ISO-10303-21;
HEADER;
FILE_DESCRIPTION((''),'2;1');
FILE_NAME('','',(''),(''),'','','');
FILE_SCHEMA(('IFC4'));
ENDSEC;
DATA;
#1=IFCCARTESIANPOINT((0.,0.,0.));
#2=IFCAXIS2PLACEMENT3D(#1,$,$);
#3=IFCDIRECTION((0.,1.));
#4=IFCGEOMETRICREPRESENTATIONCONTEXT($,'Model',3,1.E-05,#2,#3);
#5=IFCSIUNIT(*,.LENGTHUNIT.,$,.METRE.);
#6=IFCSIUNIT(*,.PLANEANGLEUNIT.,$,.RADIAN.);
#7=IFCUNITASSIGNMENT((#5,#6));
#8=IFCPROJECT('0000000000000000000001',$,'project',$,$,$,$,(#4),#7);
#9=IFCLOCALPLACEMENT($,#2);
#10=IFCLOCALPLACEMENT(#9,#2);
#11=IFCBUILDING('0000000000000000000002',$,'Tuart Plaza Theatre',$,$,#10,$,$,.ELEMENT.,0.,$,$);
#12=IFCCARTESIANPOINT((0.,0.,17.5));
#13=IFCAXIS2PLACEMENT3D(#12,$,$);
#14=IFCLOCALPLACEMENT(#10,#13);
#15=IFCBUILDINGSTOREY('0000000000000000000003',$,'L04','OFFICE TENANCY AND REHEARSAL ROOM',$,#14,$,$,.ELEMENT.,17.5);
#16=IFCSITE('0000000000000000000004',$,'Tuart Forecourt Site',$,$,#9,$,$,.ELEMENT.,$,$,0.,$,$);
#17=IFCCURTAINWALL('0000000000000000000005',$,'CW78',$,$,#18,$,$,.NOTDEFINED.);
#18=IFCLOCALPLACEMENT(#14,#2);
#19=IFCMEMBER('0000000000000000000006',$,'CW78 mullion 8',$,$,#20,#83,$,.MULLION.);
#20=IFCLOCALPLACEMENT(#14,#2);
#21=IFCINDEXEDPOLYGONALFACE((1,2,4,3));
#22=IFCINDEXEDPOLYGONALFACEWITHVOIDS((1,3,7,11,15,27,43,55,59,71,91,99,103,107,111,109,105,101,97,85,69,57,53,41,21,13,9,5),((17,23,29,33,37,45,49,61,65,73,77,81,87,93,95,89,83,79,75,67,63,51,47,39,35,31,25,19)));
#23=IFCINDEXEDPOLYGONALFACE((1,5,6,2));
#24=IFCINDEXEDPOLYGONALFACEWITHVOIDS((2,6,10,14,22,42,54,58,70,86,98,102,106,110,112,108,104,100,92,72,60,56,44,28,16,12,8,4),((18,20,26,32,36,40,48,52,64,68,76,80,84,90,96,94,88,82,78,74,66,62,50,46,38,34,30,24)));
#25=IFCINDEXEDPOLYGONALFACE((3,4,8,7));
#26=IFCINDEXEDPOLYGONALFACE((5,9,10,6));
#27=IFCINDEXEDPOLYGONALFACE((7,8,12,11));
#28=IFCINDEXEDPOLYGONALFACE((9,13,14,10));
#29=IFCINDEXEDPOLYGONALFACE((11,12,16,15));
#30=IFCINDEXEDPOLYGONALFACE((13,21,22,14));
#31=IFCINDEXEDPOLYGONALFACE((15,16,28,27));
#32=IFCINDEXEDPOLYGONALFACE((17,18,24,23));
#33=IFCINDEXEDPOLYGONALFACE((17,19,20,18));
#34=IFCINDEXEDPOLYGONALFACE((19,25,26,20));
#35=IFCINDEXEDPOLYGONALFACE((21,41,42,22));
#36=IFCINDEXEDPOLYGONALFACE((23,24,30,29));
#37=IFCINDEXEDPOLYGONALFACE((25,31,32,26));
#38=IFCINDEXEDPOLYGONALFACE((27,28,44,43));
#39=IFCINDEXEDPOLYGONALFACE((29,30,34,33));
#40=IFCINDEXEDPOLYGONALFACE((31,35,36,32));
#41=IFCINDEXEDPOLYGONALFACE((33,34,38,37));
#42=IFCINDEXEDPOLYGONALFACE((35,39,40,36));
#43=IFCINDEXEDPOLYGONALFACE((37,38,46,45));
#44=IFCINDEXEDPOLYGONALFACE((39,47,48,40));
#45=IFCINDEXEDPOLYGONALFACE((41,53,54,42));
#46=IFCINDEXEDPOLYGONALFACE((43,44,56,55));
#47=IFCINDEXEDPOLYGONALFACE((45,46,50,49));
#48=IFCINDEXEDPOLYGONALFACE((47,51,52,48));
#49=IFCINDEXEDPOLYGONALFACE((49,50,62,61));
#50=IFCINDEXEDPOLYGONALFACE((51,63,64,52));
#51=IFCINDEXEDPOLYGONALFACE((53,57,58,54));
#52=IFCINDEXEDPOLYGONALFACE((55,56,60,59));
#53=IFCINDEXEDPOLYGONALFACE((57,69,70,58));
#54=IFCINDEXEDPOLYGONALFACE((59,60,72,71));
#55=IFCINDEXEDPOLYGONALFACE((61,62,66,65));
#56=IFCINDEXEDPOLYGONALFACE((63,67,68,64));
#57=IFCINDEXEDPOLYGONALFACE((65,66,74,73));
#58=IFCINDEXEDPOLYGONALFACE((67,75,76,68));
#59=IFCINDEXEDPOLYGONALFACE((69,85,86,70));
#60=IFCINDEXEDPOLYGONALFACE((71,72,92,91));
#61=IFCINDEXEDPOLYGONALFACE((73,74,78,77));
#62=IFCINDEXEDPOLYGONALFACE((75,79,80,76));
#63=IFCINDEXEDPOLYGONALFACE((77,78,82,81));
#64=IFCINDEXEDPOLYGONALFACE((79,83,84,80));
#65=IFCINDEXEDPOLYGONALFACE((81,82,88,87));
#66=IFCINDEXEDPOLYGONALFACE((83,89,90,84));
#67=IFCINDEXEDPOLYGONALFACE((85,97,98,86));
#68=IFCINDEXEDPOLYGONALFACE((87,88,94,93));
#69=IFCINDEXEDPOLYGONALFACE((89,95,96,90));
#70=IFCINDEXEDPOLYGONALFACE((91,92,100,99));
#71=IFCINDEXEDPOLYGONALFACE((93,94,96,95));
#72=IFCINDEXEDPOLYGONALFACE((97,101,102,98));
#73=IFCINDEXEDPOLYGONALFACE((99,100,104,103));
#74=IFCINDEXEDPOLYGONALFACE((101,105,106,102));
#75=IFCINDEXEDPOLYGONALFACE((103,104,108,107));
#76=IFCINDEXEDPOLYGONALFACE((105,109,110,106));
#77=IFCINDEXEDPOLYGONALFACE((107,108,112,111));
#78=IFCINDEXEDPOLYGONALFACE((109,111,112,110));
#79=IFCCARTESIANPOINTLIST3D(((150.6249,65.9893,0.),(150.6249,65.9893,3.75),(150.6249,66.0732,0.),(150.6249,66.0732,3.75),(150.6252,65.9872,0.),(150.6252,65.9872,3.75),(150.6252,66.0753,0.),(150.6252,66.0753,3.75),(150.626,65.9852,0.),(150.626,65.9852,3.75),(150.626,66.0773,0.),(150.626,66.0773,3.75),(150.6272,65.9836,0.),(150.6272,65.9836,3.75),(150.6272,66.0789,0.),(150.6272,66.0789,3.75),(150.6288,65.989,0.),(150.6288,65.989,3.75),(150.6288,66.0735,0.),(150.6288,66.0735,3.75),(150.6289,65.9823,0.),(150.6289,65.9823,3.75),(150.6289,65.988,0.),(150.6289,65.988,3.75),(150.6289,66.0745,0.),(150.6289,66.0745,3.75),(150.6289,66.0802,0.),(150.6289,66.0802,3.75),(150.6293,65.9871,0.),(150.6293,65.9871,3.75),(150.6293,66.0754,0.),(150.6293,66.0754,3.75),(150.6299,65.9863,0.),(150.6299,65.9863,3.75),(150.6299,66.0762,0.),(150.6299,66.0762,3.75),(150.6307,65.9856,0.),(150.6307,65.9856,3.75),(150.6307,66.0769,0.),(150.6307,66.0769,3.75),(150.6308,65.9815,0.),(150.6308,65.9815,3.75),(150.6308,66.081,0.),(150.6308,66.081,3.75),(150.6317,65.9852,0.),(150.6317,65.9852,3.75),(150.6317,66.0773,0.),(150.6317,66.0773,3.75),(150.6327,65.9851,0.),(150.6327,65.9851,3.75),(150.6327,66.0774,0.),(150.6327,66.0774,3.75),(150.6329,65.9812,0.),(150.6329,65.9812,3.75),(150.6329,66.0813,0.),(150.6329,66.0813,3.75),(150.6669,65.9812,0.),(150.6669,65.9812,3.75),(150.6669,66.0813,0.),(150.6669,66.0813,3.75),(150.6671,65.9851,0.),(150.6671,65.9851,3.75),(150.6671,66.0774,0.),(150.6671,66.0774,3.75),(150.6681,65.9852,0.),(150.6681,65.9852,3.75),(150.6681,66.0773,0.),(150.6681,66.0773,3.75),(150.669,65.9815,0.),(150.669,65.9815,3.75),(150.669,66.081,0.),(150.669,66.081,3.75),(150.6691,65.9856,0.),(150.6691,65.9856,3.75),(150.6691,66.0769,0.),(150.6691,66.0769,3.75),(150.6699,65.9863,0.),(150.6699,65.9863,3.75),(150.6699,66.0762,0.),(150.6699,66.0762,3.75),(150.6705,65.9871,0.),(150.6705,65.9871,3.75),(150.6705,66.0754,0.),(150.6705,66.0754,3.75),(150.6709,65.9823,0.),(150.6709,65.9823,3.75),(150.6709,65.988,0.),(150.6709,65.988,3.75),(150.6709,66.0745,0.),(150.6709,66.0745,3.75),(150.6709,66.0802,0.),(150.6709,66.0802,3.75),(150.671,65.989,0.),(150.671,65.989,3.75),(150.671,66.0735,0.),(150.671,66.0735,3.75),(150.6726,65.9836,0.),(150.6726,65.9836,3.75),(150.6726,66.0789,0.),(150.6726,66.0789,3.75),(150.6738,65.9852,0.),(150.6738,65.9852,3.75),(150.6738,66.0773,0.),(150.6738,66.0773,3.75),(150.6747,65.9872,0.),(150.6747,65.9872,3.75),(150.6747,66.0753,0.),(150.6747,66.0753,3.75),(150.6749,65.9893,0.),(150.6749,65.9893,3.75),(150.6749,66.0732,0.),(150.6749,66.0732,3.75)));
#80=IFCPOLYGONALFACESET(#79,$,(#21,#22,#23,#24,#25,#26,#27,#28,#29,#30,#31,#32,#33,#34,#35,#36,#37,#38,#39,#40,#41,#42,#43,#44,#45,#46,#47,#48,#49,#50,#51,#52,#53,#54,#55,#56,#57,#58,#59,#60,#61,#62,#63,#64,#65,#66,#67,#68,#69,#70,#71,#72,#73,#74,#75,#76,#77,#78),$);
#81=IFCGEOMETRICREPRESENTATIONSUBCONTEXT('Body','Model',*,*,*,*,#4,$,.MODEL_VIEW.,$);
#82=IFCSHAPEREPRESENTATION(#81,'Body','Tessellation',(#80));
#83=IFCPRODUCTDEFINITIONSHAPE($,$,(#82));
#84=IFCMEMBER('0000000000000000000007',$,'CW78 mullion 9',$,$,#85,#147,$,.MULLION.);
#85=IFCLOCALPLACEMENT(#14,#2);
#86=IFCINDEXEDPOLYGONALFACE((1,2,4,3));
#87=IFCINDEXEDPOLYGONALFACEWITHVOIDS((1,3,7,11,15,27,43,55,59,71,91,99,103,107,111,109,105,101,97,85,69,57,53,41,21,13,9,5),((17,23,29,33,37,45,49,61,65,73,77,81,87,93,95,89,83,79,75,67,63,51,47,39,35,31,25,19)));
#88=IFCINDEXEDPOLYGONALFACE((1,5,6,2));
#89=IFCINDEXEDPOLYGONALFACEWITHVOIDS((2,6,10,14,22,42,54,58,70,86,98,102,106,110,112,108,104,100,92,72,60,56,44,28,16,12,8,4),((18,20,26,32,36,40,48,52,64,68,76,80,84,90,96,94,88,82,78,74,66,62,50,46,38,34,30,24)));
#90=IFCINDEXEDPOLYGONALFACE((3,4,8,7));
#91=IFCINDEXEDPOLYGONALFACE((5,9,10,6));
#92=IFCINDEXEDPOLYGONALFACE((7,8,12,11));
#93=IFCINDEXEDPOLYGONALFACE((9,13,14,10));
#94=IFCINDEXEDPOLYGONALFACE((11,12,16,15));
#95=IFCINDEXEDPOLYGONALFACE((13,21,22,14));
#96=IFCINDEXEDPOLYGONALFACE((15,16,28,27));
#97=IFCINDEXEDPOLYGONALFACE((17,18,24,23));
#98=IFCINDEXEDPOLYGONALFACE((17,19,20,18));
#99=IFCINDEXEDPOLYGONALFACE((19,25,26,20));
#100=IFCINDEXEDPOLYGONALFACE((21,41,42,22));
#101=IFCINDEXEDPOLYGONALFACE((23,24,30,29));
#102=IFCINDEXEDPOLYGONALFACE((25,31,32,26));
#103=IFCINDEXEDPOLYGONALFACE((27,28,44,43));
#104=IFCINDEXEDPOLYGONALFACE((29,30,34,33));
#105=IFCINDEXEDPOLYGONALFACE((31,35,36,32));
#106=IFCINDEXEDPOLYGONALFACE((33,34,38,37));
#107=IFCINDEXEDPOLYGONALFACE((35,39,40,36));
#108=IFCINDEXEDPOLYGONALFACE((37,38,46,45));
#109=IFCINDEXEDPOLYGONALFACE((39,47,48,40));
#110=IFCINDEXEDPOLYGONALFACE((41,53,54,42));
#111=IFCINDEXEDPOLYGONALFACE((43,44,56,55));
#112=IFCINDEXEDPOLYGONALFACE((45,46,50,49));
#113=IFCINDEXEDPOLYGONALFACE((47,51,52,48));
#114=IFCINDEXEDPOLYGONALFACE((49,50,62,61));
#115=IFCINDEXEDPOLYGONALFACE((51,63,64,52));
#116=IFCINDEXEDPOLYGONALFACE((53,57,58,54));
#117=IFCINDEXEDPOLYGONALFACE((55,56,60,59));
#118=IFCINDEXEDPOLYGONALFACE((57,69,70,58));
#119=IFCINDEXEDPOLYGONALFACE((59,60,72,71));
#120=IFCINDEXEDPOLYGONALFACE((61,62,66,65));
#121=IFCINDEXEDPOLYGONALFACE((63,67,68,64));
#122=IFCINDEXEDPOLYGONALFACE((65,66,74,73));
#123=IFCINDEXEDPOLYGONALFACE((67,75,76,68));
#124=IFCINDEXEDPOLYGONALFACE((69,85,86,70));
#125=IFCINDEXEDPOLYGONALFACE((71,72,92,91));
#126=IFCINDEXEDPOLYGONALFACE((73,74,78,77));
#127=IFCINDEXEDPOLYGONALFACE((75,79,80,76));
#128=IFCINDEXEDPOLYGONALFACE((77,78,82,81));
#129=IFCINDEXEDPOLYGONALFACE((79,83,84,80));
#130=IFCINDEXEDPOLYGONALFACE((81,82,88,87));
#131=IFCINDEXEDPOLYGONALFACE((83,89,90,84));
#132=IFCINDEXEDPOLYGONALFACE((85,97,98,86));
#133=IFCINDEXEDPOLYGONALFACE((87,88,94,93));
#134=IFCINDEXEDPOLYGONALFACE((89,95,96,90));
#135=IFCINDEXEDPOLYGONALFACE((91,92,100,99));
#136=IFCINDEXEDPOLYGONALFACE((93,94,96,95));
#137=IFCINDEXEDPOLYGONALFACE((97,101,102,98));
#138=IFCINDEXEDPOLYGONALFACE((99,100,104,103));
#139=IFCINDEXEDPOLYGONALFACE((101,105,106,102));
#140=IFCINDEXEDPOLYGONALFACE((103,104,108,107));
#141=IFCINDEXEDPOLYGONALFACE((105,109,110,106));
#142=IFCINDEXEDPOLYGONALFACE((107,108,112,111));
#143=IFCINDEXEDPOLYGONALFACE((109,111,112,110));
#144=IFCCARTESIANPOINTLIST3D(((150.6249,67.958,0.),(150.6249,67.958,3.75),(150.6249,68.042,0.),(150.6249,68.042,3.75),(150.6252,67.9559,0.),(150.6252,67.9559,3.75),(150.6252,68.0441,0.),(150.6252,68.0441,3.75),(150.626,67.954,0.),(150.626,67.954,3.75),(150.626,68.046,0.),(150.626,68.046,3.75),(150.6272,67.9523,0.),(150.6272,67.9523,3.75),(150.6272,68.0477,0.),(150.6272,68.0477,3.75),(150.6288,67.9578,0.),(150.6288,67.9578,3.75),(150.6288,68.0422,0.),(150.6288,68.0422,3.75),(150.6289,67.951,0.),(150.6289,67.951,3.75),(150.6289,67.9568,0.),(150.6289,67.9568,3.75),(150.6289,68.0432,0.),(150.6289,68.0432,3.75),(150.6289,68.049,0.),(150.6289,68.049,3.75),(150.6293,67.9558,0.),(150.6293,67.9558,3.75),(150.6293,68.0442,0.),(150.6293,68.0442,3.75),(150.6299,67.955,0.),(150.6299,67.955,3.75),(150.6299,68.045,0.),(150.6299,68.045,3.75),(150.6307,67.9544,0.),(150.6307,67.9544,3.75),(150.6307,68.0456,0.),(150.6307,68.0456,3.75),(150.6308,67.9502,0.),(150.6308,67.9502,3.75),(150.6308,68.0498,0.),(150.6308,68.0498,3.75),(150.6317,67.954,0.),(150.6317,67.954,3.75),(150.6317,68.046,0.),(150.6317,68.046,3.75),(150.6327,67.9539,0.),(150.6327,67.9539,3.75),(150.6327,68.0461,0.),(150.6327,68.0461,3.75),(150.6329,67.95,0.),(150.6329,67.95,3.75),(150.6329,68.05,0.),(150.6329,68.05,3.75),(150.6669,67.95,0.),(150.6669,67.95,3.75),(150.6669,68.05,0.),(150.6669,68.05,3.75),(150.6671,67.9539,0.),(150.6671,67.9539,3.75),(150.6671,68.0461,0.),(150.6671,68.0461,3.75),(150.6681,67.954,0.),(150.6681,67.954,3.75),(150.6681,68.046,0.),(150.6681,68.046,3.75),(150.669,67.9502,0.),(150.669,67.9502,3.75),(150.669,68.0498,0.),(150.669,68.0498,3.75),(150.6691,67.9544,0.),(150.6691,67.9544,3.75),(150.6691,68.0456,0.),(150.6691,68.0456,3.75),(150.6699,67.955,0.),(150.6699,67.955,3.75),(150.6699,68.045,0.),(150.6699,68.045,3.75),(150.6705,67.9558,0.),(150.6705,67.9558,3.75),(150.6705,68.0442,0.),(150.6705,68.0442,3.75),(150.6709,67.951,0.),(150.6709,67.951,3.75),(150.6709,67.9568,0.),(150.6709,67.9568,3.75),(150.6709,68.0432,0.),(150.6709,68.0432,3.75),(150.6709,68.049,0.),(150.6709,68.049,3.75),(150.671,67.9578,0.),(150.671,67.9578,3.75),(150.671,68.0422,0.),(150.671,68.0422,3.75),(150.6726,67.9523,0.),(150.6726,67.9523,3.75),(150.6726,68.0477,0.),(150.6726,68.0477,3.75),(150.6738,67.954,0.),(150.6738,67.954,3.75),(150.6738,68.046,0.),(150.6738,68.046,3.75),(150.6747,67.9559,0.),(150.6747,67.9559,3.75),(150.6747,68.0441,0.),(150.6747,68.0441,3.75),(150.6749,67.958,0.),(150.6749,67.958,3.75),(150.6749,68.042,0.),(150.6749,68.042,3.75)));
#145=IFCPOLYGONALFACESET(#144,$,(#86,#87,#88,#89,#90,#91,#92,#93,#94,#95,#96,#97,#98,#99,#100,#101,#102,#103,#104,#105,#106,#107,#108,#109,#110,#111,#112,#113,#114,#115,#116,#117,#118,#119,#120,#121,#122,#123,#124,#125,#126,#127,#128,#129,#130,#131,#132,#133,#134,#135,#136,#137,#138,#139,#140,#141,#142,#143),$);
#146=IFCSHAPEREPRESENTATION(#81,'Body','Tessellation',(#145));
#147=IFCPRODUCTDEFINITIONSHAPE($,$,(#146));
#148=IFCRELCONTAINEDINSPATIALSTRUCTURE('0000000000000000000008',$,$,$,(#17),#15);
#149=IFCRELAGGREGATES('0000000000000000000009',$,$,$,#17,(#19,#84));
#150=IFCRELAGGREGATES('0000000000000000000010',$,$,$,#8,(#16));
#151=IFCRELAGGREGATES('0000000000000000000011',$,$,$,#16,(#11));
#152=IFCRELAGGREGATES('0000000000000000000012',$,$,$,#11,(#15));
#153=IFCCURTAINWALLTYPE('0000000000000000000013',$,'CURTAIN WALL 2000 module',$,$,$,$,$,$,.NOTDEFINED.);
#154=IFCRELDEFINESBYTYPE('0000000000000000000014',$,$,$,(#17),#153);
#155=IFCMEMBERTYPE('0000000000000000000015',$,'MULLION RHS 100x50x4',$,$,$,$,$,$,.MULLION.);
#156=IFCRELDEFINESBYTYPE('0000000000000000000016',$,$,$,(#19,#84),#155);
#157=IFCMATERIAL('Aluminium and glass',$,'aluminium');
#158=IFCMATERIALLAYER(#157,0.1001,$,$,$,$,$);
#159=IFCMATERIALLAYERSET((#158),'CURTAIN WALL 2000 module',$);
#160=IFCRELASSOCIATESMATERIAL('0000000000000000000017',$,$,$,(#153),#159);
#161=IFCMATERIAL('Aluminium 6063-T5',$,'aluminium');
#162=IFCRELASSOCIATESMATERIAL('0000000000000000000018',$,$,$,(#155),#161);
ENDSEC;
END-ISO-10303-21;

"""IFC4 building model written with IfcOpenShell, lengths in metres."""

from ifc_helpers import new_model, si_unit, direction, frame, origin, origin_2d, place, context, subcontext, project, spatial, hollow_rectangle, extrude, material, layer, layer_set, material_profile, profile_set, type_object, element, aggregate, save


model = new_model("IFC4")

# Units and contexts
model_context = context("Model", 3, precision=1e-05, world=origin(), true_north=direction((0.0, 1.0)))
body_context = subcontext(model_context, "Body", "Model", "MODEL_VIEW")
ifc_project = project(units=[si_unit("LENGTHUNIT", "METRE"), si_unit("PLANEANGLEUNIT", "RADIAN")], contexts=[model_context])

# Site, building, storey
site_placement = place(None, origin())
site = spatial("IfcSite", under=ifc_project, at=site_placement, Name="Tuart Forecourt Site", CompositionType="ELEMENT", RefElevation=0.0)
building_placement = place(site_placement, origin())
building = spatial("IfcBuilding", under=site, at=building_placement, Name="Tuart Plaza Theatre", CompositionType="ELEMENT", ElevationOfRefHeight=0.0)
storey_placement = place(building_placement, frame((0.0, 0.0, 17.5)))
storey = spatial("IfcBuildingStorey", under=building, at=storey_placement, Name="L04", Description="OFFICE TENANCY AND REHEARSAL ROOM", CompositionType="ELEMENT", Elevation=17.5)

# Curtain wall, members
ifc_material_1 = material(Name="Aluminium and glass", Category="aluminium")
ifc_layer_1 = layer(ifc_material_1, 0.1001)
ifc_layer_set_1 = layer_set([ifc_layer_1], Name="CURTAIN WALL 2000 module")
curtain_wall_type = type_object("IfcCurtainWallType", Name="CURTAIN WALL 2000 module", PredefinedType="NOTDEFINED", material=ifc_layer_set_1)
curtain_wall_placement = place(storey_placement, origin())
curtain_wall = element("IfcCurtainWall", 1, at=curtain_wall_placement, inside=storey, type_object=curtain_wall_type, Name="CW78", PredefinedType="NOTDEFINED")
ifc_material_2 = material(Name="Aluminium 6063-T5", Category="aluminium")
ifc_material_profile_1 = material_profile(ifc_material_2, hollow_rectangle(XDim=0.05, YDim=0.1001, WallThickness=0.0039, InnerFilletRadius=0.0039, OuterFilletRadius=0.0081, at=origin_2d()), Name="RHS 100x50x4")
ifc_profile_set_1 = profile_set([ifc_material_profile_1], Name="Aluminium 6063-T5")
member_type_1 = type_object("IfcMemberType", Name="MULLION RHS 100x50x4", PredefinedType="MULLION", material=ifc_profile_set_1)
member_1_placement = place(storey_placement, frame((150.6499, 66.0312, 0.0), z_axis=(0.0, 0.0, 1.0), x_axis=(-1.0, 0.0, 0.0)))
member_1 = element("IfcMember", 2, at=member_1_placement, type_object=member_type_1, Name="CW78 mullion 8", PredefinedType="MULLION", context=body_context, shape_type="SweptSolid", body=[
    extrude(hollow_rectangle(XDim=0.05, YDim=0.1001, WallThickness=0.0039, InnerFilletRadius=0.0039, OuterFilletRadius=0.0081, at=origin_2d()), origin(), (0.0, 0.0, 1.0), 3.75),
])
member_2_placement = place(storey_placement, frame((150.6499, 68.0, 0.0), z_axis=(0.0, 0.0, 1.0), x_axis=(-1.0, 0.0, 0.0)))
member_2 = element("IfcMember", 3, at=member_2_placement, type_object=member_type_1, Name="CW78 mullion 9", PredefinedType="MULLION", context=body_context, shape_type="SweptSolid", body=[
    extrude(hollow_rectangle(XDim=0.05, YDim=0.1001, WallThickness=0.0039, InnerFilletRadius=0.0039, OuterFilletRadius=0.0081, at=origin_2d()), origin(), (0.0, 0.0, 1.0), 3.75),
])
aggregate(curtain_wall, [member_1, member_2])

save(model, "model.ifc")
